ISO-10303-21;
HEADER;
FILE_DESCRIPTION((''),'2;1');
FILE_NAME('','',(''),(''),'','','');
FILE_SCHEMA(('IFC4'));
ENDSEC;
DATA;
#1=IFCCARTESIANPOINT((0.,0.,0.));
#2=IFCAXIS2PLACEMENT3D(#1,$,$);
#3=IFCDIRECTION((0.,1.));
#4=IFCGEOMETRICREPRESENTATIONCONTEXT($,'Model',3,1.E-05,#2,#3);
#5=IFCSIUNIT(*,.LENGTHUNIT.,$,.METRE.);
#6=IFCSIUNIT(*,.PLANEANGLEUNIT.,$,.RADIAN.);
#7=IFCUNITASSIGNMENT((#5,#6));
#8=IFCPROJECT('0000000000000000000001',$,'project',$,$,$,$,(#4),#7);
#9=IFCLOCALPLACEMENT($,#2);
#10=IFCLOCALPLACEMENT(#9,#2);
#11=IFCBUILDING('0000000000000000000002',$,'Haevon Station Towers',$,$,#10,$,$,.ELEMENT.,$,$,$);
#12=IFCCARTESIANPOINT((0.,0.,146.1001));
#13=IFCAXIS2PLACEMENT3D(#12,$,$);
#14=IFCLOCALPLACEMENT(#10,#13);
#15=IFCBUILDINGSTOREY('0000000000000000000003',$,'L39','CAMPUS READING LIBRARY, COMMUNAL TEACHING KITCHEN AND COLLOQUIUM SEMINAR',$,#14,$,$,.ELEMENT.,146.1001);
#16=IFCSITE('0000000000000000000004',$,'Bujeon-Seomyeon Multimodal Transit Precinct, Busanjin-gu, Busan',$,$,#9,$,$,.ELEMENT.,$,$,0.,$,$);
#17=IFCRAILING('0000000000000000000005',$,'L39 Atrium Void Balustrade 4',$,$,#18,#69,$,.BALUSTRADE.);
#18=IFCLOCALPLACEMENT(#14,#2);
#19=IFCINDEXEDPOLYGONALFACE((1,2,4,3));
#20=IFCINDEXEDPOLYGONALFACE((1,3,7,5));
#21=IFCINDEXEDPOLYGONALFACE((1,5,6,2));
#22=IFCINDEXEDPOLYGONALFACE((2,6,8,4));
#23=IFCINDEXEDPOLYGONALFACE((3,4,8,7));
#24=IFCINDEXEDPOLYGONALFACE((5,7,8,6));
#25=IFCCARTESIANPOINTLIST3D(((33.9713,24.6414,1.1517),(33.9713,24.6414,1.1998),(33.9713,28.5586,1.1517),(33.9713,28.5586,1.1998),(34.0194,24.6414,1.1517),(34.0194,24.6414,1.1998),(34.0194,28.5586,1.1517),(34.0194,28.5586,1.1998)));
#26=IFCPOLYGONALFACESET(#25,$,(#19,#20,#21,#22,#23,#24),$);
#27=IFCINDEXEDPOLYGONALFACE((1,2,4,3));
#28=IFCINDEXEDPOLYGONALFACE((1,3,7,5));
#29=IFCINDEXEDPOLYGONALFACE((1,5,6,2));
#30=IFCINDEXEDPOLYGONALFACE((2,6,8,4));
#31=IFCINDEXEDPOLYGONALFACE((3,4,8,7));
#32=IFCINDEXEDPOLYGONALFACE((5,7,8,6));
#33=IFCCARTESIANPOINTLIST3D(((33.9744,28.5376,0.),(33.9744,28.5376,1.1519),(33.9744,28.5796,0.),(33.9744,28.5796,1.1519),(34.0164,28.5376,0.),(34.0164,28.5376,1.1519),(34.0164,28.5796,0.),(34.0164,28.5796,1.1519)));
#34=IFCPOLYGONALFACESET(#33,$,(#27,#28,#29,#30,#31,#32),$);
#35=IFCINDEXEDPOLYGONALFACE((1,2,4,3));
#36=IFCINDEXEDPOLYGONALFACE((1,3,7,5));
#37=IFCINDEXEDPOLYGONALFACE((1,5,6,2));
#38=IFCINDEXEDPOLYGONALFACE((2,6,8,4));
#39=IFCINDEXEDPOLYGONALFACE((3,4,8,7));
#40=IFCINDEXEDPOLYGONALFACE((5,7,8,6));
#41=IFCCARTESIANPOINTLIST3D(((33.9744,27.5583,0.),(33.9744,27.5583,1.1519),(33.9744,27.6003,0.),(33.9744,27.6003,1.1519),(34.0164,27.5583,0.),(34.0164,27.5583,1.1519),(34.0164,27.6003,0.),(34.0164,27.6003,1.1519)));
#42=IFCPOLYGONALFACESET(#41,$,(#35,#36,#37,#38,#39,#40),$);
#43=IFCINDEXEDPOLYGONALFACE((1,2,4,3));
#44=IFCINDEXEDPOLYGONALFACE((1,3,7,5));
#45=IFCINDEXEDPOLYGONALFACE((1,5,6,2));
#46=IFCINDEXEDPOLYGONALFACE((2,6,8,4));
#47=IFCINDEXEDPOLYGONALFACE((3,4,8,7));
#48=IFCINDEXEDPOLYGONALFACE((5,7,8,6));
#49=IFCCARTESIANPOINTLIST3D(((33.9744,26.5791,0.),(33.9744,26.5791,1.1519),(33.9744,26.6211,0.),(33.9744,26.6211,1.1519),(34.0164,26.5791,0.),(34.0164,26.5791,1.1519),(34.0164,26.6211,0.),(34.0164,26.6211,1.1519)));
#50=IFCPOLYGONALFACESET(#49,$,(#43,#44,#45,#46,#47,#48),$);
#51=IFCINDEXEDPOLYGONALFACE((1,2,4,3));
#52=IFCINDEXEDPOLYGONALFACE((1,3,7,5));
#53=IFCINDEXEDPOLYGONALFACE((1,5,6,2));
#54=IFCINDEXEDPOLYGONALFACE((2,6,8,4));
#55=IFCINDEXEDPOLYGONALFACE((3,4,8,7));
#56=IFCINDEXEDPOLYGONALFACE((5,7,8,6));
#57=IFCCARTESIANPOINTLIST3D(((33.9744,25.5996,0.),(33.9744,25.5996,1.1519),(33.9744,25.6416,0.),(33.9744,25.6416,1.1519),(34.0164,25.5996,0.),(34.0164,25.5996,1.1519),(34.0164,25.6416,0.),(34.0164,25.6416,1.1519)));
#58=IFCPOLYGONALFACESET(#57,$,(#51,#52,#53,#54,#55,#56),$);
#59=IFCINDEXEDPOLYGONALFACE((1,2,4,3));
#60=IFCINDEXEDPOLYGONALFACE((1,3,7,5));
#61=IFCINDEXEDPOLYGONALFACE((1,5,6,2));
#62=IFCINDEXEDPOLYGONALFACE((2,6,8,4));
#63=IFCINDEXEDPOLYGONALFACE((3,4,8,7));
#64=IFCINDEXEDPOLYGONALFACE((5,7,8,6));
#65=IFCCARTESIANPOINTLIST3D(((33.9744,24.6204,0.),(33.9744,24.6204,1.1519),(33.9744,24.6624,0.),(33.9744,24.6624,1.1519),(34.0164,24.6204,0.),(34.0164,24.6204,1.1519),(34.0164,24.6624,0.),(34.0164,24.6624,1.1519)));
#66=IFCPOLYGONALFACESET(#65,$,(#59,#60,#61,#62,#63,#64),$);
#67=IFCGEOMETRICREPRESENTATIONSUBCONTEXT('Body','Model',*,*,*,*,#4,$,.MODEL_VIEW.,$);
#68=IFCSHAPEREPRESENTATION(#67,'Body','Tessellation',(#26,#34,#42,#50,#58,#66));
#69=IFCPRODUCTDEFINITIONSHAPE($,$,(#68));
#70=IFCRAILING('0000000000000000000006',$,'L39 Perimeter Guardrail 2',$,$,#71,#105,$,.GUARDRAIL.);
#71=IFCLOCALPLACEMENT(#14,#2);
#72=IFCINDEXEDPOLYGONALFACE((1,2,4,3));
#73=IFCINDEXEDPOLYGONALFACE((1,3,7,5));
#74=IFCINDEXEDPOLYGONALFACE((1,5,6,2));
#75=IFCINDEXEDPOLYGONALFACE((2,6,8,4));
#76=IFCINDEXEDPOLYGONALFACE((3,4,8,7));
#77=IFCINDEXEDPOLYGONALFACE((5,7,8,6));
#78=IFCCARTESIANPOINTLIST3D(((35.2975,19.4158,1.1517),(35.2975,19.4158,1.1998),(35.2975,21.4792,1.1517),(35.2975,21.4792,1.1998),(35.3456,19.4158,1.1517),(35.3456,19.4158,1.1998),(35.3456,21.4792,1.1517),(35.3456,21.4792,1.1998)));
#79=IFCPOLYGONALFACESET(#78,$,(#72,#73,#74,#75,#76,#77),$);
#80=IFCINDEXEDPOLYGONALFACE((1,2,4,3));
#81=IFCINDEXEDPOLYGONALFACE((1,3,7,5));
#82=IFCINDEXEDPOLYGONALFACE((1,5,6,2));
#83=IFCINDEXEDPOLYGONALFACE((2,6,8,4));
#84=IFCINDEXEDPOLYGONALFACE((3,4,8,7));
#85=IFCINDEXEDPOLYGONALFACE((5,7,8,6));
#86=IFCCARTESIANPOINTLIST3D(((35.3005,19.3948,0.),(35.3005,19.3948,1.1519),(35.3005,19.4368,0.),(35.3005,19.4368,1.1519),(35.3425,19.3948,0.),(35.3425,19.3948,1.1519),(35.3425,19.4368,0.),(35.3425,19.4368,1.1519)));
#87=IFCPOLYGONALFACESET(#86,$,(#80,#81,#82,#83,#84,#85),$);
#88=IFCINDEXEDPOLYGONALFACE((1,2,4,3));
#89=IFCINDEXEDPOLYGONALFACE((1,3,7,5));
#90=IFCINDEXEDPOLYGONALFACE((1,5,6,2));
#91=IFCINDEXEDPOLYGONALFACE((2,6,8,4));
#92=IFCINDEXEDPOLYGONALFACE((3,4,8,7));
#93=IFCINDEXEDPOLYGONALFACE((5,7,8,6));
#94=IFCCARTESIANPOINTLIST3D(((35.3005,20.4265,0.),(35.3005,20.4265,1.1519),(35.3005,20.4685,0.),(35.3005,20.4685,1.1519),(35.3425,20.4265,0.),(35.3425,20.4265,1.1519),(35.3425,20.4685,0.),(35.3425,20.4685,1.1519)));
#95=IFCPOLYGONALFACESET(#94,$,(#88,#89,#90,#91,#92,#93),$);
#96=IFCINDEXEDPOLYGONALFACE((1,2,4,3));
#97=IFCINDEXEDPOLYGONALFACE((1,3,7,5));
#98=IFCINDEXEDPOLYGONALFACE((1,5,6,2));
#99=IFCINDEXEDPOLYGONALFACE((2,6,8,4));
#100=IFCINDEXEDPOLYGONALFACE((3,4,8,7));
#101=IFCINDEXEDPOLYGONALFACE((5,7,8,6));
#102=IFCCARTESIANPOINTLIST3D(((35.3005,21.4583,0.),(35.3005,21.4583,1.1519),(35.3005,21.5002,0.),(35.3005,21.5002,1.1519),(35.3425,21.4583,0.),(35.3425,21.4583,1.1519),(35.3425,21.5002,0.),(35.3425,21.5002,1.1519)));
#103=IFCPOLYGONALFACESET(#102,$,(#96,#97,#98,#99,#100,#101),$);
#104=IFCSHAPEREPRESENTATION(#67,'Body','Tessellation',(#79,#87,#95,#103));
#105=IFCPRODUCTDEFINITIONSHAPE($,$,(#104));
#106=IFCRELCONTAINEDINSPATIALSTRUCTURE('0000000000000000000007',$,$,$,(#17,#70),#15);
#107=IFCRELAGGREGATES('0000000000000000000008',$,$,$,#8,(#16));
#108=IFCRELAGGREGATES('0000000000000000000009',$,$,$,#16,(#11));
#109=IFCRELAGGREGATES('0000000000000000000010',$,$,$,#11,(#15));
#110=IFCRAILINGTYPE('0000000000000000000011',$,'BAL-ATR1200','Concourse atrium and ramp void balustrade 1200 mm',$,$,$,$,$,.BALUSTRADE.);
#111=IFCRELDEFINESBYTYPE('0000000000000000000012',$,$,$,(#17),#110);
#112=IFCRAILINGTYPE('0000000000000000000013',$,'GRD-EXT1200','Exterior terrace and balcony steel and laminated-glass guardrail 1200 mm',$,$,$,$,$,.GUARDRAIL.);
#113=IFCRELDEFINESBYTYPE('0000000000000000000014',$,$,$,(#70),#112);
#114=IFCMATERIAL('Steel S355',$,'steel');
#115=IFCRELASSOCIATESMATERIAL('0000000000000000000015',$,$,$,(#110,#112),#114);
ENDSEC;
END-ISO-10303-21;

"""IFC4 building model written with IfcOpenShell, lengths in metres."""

from ifc_helpers import new_model, si_unit, direction, frame, origin, origin_2d, place, context, subcontext, project, spatial, rectangle, extrude, material, type_object, element, save


model = new_model("IFC4")

# Units and contexts
model_context = context("Model", 3, precision=1e-05, world=origin(), true_north=direction((0.0, 1.0)))
body_context = subcontext(model_context, "Body", "Model", "MODEL_VIEW")
ifc_project = project(units=[si_unit("LENGTHUNIT", "METRE"), si_unit("PLANEANGLEUNIT", "RADIAN")], contexts=[model_context])

# Site, building, storey
site_placement = place(None, origin())
site = spatial("IfcSite", under=ifc_project, at=site_placement, Name="Bujeon-Seomyeon Multimodal Transit Precinct, Busanjin-gu, Busan", CompositionType="ELEMENT", RefElevation=0.0)
building_placement = place(site_placement, origin())
building = spatial("IfcBuilding", under=site, at=building_placement, Name="Haevon Station Towers", CompositionType="ELEMENT")
storey_placement = place(building_placement, frame((0.0, 0.0, 146.1001)))
storey = spatial("IfcBuildingStorey", under=building, at=storey_placement, Name="L39", Description="CAMPUS READING LIBRARY, COMMUNAL TEACHING KITCHEN AND COLLOQUIUM SEMINAR", CompositionType="ELEMENT", Elevation=146.1001)

# Shared definitions
ifc_material_1 = material(Name="Steel S355", Category="steel")

# Railings
railing_type_1 = type_object("IfcRailingType", Name="BAL-ATR1200", Description="Concourse atrium and ramp void balustrade 1200 mm", PredefinedType="BALUSTRADE", material=ifc_material_1)
railing_1_placement = place(storey_placement, frame((33.9954, 28.5586, 0.0)))
element("IfcRailing", 1, at=railing_1_placement, inside=storey, type_object=railing_type_1, Name="L39 Atrium Void Balustrade 4", PredefinedType="BALUSTRADE", context=body_context, shape_type="SweptSolid", body=[
    extrude(rectangle(XDim=0.0481, YDim=0.0481, at=origin_2d()), frame((0.0, 0.0, 1.1758), z_axis=(0.0, -1.0, 0.0), x_axis=(1.0, 0.0, 0.0)), (0.0, 0.0, 1.0), 3.9172),
    extrude(rectangle(XDim=0.042, YDim=0.042, at=origin_2d()), origin(), (0.0, 0.0, 1.0), 1.1519),
    extrude(rectangle(XDim=0.042, YDim=0.042, at=origin_2d()), frame((0.0, -0.9792, 0.0)), (0.0, 0.0, 1.0), 1.1519),
    extrude(rectangle(XDim=0.042, YDim=0.042, at=origin_2d()), frame((0.0, -1.9585, 0.0)), (0.0, 0.0, 1.0), 1.1519),
    extrude(rectangle(XDim=0.042, YDim=0.042, at=origin_2d()), frame((0.0, -2.938, 0.0)), (0.0, 0.0, 1.0), 1.1519),
    extrude(rectangle(XDim=0.042, YDim=0.042, at=origin_2d()), frame((0.0, -3.9172, 0.0)), (0.0, 0.0, 1.0), 1.1519),
])
railing_type_2 = type_object("IfcRailingType", Name="GRD-EXT1200", Description="Exterior terrace and balcony steel and laminated-glass guardrail 1200 mm", PredefinedType="GUARDRAIL", material=ifc_material_1)
railing_2_placement = place(storey_placement, frame((35.3215, 19.4158, 0.0)))
element("IfcRailing", 2, at=railing_2_placement, inside=storey, type_object=railing_type_2, Name="L39 Perimeter Guardrail 2", PredefinedType="GUARDRAIL", context=body_context, shape_type="SweptSolid", body=[
    extrude(rectangle(XDim=0.0481, YDim=0.0481, at=origin_2d()), frame((0.0, 0.0, 1.1758), z_axis=(0.0, 1.0, 0.0), x_axis=(-1.0, 0.0, 0.0)), (0.0, 0.0, 1.0), 2.0635),
    extrude(rectangle(XDim=0.042, YDim=0.042, at=origin_2d()), origin(), (0.0, 0.0, 1.0), 1.1519),
    extrude(rectangle(XDim=0.042, YDim=0.042, at=origin_2d()), frame((0.0, 1.0317, 0.0)), (0.0, 0.0, 1.0), 1.1519),
    extrude(rectangle(XDim=0.042, YDim=0.042, at=origin_2d()), frame((0.0, 2.0635, 0.0)), (0.0, 0.0, 1.0), 1.1519),
])

save(model, "model.ifc")
